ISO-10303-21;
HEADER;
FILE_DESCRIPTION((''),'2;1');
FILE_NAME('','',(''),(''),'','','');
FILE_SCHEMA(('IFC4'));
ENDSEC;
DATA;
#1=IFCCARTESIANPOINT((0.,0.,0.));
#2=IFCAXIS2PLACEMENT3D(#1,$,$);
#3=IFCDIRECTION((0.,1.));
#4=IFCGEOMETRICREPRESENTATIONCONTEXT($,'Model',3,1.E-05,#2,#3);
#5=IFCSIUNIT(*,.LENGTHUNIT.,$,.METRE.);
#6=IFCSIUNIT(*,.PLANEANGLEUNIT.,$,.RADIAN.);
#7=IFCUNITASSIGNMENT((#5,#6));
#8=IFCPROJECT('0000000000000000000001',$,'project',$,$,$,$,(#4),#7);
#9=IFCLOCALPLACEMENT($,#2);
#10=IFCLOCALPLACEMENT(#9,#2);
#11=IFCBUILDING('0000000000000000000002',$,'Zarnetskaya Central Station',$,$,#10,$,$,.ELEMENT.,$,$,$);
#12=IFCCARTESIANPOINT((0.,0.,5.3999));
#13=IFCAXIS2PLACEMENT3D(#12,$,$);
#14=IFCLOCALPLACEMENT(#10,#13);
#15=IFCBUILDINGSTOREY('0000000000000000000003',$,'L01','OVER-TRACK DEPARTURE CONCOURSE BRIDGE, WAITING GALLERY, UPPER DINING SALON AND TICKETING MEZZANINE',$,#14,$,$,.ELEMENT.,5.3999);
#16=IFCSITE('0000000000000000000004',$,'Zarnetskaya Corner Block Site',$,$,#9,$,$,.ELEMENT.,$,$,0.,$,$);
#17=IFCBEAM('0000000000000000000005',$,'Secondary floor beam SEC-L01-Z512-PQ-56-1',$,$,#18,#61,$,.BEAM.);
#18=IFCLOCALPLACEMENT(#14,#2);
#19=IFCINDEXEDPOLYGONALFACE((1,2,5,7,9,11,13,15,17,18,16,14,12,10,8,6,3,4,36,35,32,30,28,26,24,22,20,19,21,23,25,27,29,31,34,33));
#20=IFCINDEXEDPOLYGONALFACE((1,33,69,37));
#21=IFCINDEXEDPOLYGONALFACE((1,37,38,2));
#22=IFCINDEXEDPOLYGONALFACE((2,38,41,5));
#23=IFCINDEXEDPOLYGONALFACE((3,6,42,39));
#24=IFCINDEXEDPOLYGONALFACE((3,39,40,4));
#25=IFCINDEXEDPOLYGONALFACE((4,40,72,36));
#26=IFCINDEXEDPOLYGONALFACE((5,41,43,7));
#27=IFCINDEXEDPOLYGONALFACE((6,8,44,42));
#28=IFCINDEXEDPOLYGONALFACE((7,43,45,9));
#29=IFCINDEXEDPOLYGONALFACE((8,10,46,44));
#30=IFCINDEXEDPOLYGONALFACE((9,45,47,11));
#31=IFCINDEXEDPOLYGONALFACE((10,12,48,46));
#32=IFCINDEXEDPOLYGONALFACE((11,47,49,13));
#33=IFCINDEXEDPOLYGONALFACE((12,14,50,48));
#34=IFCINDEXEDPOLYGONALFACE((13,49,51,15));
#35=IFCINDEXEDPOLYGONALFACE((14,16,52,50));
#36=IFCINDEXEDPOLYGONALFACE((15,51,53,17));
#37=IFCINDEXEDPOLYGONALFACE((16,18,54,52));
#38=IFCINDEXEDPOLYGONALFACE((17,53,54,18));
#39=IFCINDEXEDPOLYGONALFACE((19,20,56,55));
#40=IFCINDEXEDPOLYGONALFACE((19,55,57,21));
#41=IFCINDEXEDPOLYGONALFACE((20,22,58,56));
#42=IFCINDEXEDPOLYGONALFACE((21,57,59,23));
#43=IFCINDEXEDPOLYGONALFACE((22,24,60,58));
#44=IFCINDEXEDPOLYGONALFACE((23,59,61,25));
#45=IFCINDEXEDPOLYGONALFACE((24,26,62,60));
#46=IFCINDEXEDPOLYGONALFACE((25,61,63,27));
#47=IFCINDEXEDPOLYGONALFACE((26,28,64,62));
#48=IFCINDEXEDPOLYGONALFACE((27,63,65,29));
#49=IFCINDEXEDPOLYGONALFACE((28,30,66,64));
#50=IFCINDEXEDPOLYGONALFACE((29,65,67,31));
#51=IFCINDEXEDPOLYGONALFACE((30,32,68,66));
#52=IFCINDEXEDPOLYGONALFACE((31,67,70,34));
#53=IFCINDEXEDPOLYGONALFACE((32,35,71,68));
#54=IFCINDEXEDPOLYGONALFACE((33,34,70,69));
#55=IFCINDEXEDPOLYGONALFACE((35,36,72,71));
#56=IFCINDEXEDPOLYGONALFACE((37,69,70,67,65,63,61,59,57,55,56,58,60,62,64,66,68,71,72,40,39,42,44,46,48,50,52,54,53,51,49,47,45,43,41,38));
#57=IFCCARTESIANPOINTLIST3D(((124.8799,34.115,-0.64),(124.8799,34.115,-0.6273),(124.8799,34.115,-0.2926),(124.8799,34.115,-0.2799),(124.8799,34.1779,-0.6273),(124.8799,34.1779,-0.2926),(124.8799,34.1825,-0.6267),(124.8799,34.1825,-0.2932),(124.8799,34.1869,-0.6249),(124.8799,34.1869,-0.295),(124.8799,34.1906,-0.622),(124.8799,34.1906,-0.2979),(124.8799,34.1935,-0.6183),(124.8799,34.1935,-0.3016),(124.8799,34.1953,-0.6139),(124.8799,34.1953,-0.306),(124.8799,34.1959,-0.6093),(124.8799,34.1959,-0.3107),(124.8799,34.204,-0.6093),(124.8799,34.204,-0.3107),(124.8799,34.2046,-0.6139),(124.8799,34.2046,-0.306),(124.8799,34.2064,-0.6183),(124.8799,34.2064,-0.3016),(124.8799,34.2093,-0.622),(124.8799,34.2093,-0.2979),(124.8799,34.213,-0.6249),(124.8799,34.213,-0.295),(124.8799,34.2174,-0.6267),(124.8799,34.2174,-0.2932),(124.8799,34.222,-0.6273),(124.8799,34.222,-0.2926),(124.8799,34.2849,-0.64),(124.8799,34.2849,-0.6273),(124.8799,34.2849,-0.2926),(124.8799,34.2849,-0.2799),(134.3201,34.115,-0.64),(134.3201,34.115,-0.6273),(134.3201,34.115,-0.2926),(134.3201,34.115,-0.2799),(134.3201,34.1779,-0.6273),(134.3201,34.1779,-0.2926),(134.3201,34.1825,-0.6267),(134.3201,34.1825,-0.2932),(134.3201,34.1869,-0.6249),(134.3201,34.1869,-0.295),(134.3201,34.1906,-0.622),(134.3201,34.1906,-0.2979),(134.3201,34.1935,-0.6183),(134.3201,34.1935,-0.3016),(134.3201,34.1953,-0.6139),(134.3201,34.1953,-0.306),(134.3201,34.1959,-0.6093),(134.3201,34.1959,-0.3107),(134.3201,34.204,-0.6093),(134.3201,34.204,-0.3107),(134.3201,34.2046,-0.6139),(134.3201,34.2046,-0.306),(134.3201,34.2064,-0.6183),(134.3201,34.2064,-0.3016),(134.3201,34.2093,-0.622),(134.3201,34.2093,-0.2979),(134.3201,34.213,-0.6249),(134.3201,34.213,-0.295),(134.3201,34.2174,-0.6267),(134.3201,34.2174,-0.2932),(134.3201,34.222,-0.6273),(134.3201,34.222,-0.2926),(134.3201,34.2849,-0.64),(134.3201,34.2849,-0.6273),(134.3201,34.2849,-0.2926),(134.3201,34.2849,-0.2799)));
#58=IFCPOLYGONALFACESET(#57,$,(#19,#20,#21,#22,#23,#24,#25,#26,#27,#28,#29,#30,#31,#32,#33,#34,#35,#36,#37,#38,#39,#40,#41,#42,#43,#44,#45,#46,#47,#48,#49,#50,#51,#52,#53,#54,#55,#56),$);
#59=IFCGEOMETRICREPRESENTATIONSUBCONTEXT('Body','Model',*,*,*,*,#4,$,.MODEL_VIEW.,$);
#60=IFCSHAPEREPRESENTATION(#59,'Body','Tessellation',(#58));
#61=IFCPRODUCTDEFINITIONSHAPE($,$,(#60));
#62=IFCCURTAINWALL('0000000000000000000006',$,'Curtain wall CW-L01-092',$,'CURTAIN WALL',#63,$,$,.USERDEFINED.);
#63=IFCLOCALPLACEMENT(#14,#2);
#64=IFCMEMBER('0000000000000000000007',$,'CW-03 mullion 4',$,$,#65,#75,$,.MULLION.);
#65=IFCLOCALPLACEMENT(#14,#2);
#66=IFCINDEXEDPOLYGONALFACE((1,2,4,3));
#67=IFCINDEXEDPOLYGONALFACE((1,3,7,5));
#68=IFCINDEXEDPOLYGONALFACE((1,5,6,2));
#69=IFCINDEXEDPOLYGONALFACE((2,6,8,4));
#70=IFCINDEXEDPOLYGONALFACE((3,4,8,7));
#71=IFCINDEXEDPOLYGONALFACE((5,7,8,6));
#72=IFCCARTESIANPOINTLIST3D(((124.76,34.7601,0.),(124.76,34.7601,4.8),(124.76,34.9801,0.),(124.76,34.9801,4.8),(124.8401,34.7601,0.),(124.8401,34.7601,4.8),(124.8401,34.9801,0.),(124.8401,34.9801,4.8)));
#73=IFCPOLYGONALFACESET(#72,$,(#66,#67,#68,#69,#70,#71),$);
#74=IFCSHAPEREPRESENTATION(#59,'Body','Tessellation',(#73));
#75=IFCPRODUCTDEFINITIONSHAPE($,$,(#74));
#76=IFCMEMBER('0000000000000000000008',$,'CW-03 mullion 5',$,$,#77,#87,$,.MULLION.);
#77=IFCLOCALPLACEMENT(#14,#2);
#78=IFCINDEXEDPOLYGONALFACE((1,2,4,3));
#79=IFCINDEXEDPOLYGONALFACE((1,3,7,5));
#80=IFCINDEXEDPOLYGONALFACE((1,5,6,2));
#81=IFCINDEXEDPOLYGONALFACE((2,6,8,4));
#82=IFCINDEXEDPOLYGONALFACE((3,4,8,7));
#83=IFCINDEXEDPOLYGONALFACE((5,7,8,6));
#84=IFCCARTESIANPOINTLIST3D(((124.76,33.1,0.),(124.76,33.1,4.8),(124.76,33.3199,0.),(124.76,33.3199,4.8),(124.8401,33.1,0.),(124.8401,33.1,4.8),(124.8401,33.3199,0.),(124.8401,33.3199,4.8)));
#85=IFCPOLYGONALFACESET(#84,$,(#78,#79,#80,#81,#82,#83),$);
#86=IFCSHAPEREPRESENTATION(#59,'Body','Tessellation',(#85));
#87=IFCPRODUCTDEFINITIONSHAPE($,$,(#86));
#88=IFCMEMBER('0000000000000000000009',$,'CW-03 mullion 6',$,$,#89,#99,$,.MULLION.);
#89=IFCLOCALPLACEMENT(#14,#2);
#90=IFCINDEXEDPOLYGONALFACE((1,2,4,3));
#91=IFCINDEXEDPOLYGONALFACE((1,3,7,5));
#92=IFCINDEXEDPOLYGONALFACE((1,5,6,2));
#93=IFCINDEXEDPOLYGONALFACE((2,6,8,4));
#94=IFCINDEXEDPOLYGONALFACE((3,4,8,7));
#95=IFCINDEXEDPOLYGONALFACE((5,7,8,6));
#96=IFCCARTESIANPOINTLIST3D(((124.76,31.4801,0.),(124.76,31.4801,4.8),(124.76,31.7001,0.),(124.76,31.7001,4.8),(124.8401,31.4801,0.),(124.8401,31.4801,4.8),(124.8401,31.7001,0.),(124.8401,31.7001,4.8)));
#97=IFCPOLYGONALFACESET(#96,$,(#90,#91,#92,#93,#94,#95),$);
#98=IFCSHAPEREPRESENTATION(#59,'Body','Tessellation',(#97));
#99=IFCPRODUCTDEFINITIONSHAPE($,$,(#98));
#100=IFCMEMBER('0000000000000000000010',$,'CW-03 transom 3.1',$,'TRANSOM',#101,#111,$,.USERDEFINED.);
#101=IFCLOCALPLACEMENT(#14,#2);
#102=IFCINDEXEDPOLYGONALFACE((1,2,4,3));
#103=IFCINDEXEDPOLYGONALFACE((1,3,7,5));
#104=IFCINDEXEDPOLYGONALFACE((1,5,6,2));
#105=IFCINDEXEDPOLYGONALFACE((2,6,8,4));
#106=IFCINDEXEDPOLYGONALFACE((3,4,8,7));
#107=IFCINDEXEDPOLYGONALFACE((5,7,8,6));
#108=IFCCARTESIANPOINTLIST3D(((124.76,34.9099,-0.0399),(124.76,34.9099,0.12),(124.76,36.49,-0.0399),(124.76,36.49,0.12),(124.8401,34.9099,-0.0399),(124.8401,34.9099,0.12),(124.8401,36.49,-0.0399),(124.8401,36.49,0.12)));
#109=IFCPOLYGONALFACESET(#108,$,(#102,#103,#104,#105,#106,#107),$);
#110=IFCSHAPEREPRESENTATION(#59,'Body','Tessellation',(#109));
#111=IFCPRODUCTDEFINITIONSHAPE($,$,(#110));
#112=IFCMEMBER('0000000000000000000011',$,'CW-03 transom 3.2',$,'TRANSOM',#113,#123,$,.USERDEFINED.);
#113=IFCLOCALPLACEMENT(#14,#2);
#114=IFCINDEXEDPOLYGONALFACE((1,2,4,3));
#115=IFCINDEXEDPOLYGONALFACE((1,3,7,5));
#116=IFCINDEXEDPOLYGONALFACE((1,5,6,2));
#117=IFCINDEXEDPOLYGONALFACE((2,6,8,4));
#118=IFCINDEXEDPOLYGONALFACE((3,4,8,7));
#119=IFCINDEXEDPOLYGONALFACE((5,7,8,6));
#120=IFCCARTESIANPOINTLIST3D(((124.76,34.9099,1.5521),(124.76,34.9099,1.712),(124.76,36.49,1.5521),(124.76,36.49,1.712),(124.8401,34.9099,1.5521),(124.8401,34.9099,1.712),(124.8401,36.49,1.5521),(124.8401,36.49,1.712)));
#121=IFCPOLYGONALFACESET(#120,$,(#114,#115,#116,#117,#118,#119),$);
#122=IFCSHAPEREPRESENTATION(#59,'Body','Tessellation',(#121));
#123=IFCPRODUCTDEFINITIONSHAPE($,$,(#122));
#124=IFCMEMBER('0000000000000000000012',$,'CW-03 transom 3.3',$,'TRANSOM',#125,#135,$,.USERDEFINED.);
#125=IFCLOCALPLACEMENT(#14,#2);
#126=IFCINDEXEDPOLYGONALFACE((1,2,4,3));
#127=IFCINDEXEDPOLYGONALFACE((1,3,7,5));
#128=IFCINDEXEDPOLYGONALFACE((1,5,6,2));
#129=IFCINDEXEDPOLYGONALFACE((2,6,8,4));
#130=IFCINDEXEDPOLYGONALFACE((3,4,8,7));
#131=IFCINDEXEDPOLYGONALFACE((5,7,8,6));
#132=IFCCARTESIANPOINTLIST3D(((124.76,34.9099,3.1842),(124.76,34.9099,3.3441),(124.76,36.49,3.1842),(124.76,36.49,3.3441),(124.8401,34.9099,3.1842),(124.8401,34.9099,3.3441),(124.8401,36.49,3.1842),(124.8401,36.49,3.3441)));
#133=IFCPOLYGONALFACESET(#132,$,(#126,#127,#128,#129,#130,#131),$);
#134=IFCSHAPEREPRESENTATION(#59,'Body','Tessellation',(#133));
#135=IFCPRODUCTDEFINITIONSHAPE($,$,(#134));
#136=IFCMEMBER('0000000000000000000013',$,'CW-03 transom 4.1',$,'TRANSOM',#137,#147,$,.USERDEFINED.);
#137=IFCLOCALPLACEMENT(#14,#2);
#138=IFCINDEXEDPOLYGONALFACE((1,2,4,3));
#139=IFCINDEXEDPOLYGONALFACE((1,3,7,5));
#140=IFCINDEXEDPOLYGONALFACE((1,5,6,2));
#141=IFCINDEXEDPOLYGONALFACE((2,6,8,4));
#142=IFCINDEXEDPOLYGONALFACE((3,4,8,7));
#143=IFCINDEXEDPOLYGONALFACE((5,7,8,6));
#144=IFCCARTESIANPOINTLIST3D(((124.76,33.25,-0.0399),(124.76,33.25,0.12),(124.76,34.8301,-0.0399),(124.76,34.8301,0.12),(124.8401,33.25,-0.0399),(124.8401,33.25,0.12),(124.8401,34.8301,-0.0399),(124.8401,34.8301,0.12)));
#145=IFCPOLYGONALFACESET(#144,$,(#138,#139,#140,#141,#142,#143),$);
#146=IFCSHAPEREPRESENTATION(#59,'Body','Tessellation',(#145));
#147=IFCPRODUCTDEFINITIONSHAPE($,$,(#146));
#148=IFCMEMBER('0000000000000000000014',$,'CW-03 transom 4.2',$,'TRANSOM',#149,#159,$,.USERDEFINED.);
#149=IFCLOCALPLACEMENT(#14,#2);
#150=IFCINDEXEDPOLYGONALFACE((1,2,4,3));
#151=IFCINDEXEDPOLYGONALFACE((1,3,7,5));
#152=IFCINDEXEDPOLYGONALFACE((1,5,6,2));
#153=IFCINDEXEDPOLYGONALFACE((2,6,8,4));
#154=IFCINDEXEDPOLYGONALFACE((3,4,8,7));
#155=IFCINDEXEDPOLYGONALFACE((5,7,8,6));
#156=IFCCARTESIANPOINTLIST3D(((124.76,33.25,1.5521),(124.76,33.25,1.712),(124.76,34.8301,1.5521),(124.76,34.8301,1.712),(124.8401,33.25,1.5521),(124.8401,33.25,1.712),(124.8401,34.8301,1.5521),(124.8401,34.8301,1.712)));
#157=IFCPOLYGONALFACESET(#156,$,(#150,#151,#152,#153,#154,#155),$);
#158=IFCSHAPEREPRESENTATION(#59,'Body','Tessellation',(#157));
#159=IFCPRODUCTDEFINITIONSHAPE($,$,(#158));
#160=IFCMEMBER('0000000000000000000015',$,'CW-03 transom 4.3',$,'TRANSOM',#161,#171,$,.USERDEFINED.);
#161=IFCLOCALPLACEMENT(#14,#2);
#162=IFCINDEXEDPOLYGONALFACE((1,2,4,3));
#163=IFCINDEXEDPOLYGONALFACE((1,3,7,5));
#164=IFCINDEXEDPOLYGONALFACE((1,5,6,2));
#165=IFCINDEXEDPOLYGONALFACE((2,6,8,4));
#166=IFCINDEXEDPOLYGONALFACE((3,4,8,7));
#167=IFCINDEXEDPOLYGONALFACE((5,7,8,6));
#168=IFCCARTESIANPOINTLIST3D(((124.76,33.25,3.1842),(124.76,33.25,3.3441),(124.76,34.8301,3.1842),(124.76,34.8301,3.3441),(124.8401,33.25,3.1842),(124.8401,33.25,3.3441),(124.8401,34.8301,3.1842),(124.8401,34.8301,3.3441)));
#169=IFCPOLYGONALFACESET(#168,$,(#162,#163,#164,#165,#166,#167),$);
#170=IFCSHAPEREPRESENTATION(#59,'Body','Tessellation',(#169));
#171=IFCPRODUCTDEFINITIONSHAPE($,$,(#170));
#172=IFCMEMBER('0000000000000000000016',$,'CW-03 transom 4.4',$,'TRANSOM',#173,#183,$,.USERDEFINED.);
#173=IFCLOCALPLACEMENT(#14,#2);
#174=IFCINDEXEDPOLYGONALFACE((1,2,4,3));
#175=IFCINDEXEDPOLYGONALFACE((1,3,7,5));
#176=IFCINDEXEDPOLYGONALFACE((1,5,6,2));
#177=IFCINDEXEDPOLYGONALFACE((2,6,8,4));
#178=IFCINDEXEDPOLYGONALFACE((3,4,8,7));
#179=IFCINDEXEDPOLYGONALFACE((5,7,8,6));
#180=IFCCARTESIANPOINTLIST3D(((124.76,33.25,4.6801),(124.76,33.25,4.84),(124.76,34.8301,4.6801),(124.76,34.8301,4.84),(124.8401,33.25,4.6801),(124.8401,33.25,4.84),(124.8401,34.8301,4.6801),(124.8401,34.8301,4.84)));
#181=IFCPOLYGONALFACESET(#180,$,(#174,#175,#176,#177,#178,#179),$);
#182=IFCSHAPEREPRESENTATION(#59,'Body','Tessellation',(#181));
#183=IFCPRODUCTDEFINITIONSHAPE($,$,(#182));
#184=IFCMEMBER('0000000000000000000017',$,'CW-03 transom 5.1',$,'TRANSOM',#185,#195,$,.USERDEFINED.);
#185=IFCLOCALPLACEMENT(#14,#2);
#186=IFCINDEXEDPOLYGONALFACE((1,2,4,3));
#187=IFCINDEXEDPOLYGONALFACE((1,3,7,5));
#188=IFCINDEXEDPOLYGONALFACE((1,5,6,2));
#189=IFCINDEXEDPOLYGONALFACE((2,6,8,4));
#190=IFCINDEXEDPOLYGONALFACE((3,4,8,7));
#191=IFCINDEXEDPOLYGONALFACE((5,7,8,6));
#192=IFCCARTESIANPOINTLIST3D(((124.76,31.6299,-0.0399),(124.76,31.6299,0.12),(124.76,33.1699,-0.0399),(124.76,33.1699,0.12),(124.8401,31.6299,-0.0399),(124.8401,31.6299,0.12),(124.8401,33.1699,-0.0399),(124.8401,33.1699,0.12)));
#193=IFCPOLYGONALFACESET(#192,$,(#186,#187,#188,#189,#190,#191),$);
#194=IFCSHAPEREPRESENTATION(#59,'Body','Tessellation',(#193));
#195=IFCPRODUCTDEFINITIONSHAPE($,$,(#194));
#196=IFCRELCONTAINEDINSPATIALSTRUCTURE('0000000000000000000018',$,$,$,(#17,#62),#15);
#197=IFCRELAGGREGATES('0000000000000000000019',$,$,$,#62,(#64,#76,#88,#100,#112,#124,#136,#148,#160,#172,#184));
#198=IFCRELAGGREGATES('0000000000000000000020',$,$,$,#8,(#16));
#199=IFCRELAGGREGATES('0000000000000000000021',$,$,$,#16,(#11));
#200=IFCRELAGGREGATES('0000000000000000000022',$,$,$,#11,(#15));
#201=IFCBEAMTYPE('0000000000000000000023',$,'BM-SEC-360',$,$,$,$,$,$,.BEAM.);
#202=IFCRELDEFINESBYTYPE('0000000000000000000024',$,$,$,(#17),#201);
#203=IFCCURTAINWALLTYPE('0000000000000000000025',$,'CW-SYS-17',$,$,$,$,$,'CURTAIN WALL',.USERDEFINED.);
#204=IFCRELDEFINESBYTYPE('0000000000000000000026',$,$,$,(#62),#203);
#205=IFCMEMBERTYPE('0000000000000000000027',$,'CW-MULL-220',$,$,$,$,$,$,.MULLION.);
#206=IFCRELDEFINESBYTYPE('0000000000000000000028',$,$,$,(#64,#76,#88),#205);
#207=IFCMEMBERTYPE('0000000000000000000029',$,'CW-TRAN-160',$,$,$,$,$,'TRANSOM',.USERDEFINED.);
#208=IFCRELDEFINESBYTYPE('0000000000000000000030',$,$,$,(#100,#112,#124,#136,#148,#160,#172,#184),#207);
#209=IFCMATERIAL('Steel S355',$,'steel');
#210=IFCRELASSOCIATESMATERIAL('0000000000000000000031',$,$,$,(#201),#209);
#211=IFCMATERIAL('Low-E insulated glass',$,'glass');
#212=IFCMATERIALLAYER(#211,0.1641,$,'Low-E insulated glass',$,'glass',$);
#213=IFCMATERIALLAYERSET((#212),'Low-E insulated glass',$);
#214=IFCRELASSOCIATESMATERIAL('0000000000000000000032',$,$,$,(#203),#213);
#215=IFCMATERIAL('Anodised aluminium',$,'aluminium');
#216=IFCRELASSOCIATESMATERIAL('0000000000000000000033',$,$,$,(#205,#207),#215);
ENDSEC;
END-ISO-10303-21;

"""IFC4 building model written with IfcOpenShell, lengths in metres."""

from ifc_helpers import new_model, si_unit, direction, frame, origin, origin_2d, place, context, subcontext, project, spatial, rectangle, i_section, extrude, material, layer, layer_set, material_profile, profile_set, type_object, element, aggregate, save


model = new_model("IFC4")

# Units and contexts
model_context = context("Model", 3, precision=1e-05, world=origin(), true_north=direction((0.0, 1.0)))
body_context = subcontext(model_context, "Body", "Model", "MODEL_VIEW")
ifc_project = project(units=[si_unit("LENGTHUNIT", "METRE"), si_unit("PLANEANGLEUNIT", "RADIAN")], contexts=[model_context])

# Site, building, storey
site_placement = place(None, origin())
site = spatial("IfcSite", under=ifc_project, at=site_placement, Name="Zarnetskaya Corner Block Site", CompositionType="ELEMENT", RefElevation=0.0)
building_placement = place(site_placement, origin())
building = spatial("IfcBuilding", under=site, at=building_placement, Name="Zarnetskaya Central Station", CompositionType="ELEMENT")
storey_placement = place(building_placement, frame((0.0, 0.0, 5.3999)))
storey = spatial("IfcBuildingStorey", under=building, at=storey_placement, Name="L01", Description="OVER-TRACK DEPARTURE CONCOURSE BRIDGE, WAITING GALLERY, UPPER DINING SALON AND TICKETING MEZZANINE", CompositionType="ELEMENT", Elevation=5.3999)

# Beam
ifc_material_1 = material(Name="Steel S355", Category="steel")
ifc_material_profile_1 = material_profile(ifc_material_1, i_section(OverallWidth=0.1699, OverallDepth=0.3601, WebThickness=0.0081, FlangeThickness=0.0127, FilletRadius=0.0181, at=origin_2d()), Name="IPE 360")
ifc_profile_set_1 = profile_set([ifc_material_profile_1], Name="Steel S355")
beam_type = type_object("IfcBeamType", Name="BM-SEC-360", PredefinedType="BEAM", material=ifc_profile_set_1)
beam_placement = place(storey_placement, frame((124.8799, 34.2, -0.46), z_axis=(1.0, 0.0, 0.0), x_axis=(0.0, 1.0, 0.0)))
element("IfcBeam", 1, at=beam_placement, inside=storey, type_object=beam_type, Name="Secondary floor beam SEC-L01-Z512-PQ-56-1", PredefinedType="BEAM", context=body_context, shape_type="SweptSolid", body=[
    extrude(i_section(OverallWidth=0.1699, OverallDepth=0.3601, WebThickness=0.0081, FlangeThickness=0.0127, FilletRadius=0.0181, at=origin_2d()), origin(), (0.0, 0.0, 1.0), 9.4402),
])

# Curtain wall, members
ifc_material_2 = material(Name="Low-E insulated glass", Category="glass")
ifc_layer_1 = layer(ifc_material_2, 0.1641, Name="Low-E insulated glass", Category="glass")
ifc_layer_set_1 = layer_set([ifc_layer_1], Name="Low-E insulated glass")
curtain_wall_type = type_object("IfcCurtainWallType", Name="CW-SYS-17", ElementType="CURTAIN WALL", PredefinedType="USERDEFINED", material=ifc_layer_set_1)
curtain_wall_placement = place(storey_placement, origin())
curtain_wall = element("IfcCurtainWall", 2, at=curtain_wall_placement, inside=storey, type_object=curtain_wall_type, Name="Curtain wall CW-L01-092", ObjectType="CURTAIN WALL", PredefinedType="USERDEFINED")
ifc_material_3 = material(Name="Anodised aluminium", Category="aluminium")
ifc_material_profile_2 = material_profile(ifc_material_3, rectangle(XDim=0.0801, YDim=0.22, at=origin_2d()), Name="ALU MULL 80x220")
ifc_profile_set_2 = profile_set([ifc_material_profile_2], Name="Anodised aluminium")
member_type_1 = type_object("IfcMemberType", Name="CW-MULL-220", PredefinedType="MULLION", material=ifc_profile_set_2)
member_1_placement = place(storey_placement, frame((124.8, 34.8701, 0.0), z_axis=(0.0, 0.0, 1.0), x_axis=(1.0, 0.0, 0.0)))
member_1 = element("IfcMember", 3, at=member_1_placement, type_object=member_type_1, Name="CW-03 mullion 4", PredefinedType="MULLION", context=body_context, shape_type="SweptSolid", body=[
    extrude(rectangle(XDim=0.0801, YDim=0.22, at=origin_2d()), origin(), (0.0, 0.0, 1.0), 4.8),
])
member_2_placement = place(storey_placement, frame((124.8, 33.21, 0.0), z_axis=(0.0, 0.0, 1.0), x_axis=(1.0, 0.0, 0.0)))
member_2 = element("IfcMember", 4, at=member_2_placement, type_object=member_type_1, Name="CW-03 mullion 5", PredefinedType="MULLION", context=body_context, shape_type="SweptSolid", body=[
    extrude(rectangle(XDim=0.0801, YDim=0.22, at=origin_2d()), origin(), (0.0, 0.0, 1.0), 4.8),
])
member_3_placement = place(storey_placement, frame((124.8, 31.5901, 0.0), z_axis=(0.0, 0.0, 1.0), x_axis=(1.0, 0.0, 0.0)))
member_3 = element("IfcMember", 5, at=member_3_placement, type_object=member_type_1, Name="CW-03 mullion 6", PredefinedType="MULLION", context=body_context, shape_type="SweptSolid", body=[
    extrude(rectangle(XDim=0.0801, YDim=0.22, at=origin_2d()), origin(), (0.0, 0.0, 1.0), 4.8),
])
ifc_material_profile_3 = material_profile(ifc_material_3, rectangle(XDim=0.0801, YDim=0.1599, at=origin_2d()), Name="ALU TRAN 80x160")
ifc_profile_set_3 = profile_set([ifc_material_profile_3], Name="Anodised aluminium")
member_type_2 = type_object("IfcMemberType", Name="CW-TRAN-160", ElementType="TRANSOM", PredefinedType="USERDEFINED", material=ifc_profile_set_3)
member_4_placement = place(storey_placement, frame((124.8, 36.49, 0.04), z_axis=(0.0, -1.0, 0.0), x_axis=(1.0, 0.0, 0.0)))
member_4 = element("IfcMember", 6, at=member_4_placement, type_object=member_type_2, Name="CW-03 transom 3.1", ObjectType="TRANSOM", PredefinedType="USERDEFINED", context=body_context, shape_type="SweptSolid", body=[
    extrude(rectangle(XDim=0.0801, YDim=0.1599, at=origin_2d()), origin(), (0.0, 0.0, 1.0), 1.5801),
])
member_5_placement = place(storey_placement, frame((124.8, 36.49, 1.6321), z_axis=(0.0, -1.0, 0.0), x_axis=(1.0, 0.0, 0.0)))
member_5 = element("IfcMember", 7, at=member_5_placement, type_object=member_type_2, Name="CW-03 transom 3.2", ObjectType="TRANSOM", PredefinedType="USERDEFINED", context=body_context, shape_type="SweptSolid", body=[
    extrude(rectangle(XDim=0.0801, YDim=0.1599, at=origin_2d()), origin(), (0.0, 0.0, 1.0), 1.5801),
])
member_6_placement = place(storey_placement, frame((124.8, 36.49, 3.2642), z_axis=(0.0, -1.0, 0.0), x_axis=(1.0, 0.0, 0.0)))
member_6 = element("IfcMember", 8, at=member_6_placement, type_object=member_type_2, Name="CW-03 transom 3.3", ObjectType="TRANSOM", PredefinedType="USERDEFINED", context=body_context, shape_type="SweptSolid", body=[
    extrude(rectangle(XDim=0.0801, YDim=0.1599, at=origin_2d()), origin(), (0.0, 0.0, 1.0), 1.5801),
])
member_7_placement = place(storey_placement, frame((124.8, 34.8301, 0.04), z_axis=(0.0, -1.0, 0.0), x_axis=(1.0, 0.0, 0.0)))
member_7 = element("IfcMember", 9, at=member_7_placement, type_object=member_type_2, Name="CW-03 transom 4.1", ObjectType="TRANSOM", PredefinedType="USERDEFINED", context=body_context, shape_type="SweptSolid", body=[
    extrude(rectangle(XDim=0.0801, YDim=0.1599, at=origin_2d()), origin(), (0.0, 0.0, 1.0), 1.5801),
])
member_8_placement = place(storey_placement, frame((124.8, 34.8301, 1.6321), z_axis=(0.0, -1.0, 0.0), x_axis=(1.0, 0.0, 0.0)))
member_8 = element("IfcMember", 10, at=member_8_placement, type_object=member_type_2, Name="CW-03 transom 4.2", ObjectType="TRANSOM", PredefinedType="USERDEFINED", context=body_context, shape_type="SweptSolid", body=[
    extrude(rectangle(XDim=0.0801, YDim=0.1599, at=origin_2d()), origin(), (0.0, 0.0, 1.0), 1.5801),
])
member_9_placement = place(storey_placement, frame((124.8, 34.8301, 3.2642), z_axis=(0.0, -1.0, 0.0), x_axis=(1.0, 0.0, 0.0)))
member_9 = element("IfcMember", 11, at=member_9_placement, type_object=member_type_2, Name="CW-03 transom 4.3", ObjectType="TRANSOM", PredefinedType="USERDEFINED", context=body_context, shape_type="SweptSolid", body=[
    extrude(rectangle(XDim=0.0801, YDim=0.1599, at=origin_2d()), origin(), (0.0, 0.0, 1.0), 1.5801),
])
member_10_placement = place(storey_placement, frame((124.8, 34.8301, 4.76), z_axis=(0.0, -1.0, 0.0), x_axis=(1.0, 0.0, 0.0)))
member_10 = element("IfcMember", 12, at=member_10_placement, type_object=member_type_2, Name="CW-03 transom 4.4", ObjectType="TRANSOM", PredefinedType="USERDEFINED", context=body_context, shape_type="SweptSolid", body=[
    extrude(rectangle(XDim=0.0801, YDim=0.1599, at=origin_2d()), origin(), (0.0, 0.0, 1.0), 1.5801),
])
member_11_placement = place(storey_placement, frame((124.8, 33.1699, 0.04), z_axis=(0.0, -1.0, 0.0), x_axis=(1.0, 0.0, 0.0)))
member_11 = element("IfcMember", 13, at=member_11_placement, type_object=member_type_2, Name="CW-03 transom 5.1", ObjectType="TRANSOM", PredefinedType="USERDEFINED", context=body_context, shape_type="SweptSolid", body=[
    extrude(rectangle(XDim=0.0801, YDim=0.1599, at=origin_2d()), origin(), (0.0, 0.0, 1.0), 1.54),
])
aggregate(curtain_wall, [member_1, member_2, member_3, member_4, member_5, member_6, member_7, member_8, member_9, member_10, member_11])

save(model, "model.ifc")
